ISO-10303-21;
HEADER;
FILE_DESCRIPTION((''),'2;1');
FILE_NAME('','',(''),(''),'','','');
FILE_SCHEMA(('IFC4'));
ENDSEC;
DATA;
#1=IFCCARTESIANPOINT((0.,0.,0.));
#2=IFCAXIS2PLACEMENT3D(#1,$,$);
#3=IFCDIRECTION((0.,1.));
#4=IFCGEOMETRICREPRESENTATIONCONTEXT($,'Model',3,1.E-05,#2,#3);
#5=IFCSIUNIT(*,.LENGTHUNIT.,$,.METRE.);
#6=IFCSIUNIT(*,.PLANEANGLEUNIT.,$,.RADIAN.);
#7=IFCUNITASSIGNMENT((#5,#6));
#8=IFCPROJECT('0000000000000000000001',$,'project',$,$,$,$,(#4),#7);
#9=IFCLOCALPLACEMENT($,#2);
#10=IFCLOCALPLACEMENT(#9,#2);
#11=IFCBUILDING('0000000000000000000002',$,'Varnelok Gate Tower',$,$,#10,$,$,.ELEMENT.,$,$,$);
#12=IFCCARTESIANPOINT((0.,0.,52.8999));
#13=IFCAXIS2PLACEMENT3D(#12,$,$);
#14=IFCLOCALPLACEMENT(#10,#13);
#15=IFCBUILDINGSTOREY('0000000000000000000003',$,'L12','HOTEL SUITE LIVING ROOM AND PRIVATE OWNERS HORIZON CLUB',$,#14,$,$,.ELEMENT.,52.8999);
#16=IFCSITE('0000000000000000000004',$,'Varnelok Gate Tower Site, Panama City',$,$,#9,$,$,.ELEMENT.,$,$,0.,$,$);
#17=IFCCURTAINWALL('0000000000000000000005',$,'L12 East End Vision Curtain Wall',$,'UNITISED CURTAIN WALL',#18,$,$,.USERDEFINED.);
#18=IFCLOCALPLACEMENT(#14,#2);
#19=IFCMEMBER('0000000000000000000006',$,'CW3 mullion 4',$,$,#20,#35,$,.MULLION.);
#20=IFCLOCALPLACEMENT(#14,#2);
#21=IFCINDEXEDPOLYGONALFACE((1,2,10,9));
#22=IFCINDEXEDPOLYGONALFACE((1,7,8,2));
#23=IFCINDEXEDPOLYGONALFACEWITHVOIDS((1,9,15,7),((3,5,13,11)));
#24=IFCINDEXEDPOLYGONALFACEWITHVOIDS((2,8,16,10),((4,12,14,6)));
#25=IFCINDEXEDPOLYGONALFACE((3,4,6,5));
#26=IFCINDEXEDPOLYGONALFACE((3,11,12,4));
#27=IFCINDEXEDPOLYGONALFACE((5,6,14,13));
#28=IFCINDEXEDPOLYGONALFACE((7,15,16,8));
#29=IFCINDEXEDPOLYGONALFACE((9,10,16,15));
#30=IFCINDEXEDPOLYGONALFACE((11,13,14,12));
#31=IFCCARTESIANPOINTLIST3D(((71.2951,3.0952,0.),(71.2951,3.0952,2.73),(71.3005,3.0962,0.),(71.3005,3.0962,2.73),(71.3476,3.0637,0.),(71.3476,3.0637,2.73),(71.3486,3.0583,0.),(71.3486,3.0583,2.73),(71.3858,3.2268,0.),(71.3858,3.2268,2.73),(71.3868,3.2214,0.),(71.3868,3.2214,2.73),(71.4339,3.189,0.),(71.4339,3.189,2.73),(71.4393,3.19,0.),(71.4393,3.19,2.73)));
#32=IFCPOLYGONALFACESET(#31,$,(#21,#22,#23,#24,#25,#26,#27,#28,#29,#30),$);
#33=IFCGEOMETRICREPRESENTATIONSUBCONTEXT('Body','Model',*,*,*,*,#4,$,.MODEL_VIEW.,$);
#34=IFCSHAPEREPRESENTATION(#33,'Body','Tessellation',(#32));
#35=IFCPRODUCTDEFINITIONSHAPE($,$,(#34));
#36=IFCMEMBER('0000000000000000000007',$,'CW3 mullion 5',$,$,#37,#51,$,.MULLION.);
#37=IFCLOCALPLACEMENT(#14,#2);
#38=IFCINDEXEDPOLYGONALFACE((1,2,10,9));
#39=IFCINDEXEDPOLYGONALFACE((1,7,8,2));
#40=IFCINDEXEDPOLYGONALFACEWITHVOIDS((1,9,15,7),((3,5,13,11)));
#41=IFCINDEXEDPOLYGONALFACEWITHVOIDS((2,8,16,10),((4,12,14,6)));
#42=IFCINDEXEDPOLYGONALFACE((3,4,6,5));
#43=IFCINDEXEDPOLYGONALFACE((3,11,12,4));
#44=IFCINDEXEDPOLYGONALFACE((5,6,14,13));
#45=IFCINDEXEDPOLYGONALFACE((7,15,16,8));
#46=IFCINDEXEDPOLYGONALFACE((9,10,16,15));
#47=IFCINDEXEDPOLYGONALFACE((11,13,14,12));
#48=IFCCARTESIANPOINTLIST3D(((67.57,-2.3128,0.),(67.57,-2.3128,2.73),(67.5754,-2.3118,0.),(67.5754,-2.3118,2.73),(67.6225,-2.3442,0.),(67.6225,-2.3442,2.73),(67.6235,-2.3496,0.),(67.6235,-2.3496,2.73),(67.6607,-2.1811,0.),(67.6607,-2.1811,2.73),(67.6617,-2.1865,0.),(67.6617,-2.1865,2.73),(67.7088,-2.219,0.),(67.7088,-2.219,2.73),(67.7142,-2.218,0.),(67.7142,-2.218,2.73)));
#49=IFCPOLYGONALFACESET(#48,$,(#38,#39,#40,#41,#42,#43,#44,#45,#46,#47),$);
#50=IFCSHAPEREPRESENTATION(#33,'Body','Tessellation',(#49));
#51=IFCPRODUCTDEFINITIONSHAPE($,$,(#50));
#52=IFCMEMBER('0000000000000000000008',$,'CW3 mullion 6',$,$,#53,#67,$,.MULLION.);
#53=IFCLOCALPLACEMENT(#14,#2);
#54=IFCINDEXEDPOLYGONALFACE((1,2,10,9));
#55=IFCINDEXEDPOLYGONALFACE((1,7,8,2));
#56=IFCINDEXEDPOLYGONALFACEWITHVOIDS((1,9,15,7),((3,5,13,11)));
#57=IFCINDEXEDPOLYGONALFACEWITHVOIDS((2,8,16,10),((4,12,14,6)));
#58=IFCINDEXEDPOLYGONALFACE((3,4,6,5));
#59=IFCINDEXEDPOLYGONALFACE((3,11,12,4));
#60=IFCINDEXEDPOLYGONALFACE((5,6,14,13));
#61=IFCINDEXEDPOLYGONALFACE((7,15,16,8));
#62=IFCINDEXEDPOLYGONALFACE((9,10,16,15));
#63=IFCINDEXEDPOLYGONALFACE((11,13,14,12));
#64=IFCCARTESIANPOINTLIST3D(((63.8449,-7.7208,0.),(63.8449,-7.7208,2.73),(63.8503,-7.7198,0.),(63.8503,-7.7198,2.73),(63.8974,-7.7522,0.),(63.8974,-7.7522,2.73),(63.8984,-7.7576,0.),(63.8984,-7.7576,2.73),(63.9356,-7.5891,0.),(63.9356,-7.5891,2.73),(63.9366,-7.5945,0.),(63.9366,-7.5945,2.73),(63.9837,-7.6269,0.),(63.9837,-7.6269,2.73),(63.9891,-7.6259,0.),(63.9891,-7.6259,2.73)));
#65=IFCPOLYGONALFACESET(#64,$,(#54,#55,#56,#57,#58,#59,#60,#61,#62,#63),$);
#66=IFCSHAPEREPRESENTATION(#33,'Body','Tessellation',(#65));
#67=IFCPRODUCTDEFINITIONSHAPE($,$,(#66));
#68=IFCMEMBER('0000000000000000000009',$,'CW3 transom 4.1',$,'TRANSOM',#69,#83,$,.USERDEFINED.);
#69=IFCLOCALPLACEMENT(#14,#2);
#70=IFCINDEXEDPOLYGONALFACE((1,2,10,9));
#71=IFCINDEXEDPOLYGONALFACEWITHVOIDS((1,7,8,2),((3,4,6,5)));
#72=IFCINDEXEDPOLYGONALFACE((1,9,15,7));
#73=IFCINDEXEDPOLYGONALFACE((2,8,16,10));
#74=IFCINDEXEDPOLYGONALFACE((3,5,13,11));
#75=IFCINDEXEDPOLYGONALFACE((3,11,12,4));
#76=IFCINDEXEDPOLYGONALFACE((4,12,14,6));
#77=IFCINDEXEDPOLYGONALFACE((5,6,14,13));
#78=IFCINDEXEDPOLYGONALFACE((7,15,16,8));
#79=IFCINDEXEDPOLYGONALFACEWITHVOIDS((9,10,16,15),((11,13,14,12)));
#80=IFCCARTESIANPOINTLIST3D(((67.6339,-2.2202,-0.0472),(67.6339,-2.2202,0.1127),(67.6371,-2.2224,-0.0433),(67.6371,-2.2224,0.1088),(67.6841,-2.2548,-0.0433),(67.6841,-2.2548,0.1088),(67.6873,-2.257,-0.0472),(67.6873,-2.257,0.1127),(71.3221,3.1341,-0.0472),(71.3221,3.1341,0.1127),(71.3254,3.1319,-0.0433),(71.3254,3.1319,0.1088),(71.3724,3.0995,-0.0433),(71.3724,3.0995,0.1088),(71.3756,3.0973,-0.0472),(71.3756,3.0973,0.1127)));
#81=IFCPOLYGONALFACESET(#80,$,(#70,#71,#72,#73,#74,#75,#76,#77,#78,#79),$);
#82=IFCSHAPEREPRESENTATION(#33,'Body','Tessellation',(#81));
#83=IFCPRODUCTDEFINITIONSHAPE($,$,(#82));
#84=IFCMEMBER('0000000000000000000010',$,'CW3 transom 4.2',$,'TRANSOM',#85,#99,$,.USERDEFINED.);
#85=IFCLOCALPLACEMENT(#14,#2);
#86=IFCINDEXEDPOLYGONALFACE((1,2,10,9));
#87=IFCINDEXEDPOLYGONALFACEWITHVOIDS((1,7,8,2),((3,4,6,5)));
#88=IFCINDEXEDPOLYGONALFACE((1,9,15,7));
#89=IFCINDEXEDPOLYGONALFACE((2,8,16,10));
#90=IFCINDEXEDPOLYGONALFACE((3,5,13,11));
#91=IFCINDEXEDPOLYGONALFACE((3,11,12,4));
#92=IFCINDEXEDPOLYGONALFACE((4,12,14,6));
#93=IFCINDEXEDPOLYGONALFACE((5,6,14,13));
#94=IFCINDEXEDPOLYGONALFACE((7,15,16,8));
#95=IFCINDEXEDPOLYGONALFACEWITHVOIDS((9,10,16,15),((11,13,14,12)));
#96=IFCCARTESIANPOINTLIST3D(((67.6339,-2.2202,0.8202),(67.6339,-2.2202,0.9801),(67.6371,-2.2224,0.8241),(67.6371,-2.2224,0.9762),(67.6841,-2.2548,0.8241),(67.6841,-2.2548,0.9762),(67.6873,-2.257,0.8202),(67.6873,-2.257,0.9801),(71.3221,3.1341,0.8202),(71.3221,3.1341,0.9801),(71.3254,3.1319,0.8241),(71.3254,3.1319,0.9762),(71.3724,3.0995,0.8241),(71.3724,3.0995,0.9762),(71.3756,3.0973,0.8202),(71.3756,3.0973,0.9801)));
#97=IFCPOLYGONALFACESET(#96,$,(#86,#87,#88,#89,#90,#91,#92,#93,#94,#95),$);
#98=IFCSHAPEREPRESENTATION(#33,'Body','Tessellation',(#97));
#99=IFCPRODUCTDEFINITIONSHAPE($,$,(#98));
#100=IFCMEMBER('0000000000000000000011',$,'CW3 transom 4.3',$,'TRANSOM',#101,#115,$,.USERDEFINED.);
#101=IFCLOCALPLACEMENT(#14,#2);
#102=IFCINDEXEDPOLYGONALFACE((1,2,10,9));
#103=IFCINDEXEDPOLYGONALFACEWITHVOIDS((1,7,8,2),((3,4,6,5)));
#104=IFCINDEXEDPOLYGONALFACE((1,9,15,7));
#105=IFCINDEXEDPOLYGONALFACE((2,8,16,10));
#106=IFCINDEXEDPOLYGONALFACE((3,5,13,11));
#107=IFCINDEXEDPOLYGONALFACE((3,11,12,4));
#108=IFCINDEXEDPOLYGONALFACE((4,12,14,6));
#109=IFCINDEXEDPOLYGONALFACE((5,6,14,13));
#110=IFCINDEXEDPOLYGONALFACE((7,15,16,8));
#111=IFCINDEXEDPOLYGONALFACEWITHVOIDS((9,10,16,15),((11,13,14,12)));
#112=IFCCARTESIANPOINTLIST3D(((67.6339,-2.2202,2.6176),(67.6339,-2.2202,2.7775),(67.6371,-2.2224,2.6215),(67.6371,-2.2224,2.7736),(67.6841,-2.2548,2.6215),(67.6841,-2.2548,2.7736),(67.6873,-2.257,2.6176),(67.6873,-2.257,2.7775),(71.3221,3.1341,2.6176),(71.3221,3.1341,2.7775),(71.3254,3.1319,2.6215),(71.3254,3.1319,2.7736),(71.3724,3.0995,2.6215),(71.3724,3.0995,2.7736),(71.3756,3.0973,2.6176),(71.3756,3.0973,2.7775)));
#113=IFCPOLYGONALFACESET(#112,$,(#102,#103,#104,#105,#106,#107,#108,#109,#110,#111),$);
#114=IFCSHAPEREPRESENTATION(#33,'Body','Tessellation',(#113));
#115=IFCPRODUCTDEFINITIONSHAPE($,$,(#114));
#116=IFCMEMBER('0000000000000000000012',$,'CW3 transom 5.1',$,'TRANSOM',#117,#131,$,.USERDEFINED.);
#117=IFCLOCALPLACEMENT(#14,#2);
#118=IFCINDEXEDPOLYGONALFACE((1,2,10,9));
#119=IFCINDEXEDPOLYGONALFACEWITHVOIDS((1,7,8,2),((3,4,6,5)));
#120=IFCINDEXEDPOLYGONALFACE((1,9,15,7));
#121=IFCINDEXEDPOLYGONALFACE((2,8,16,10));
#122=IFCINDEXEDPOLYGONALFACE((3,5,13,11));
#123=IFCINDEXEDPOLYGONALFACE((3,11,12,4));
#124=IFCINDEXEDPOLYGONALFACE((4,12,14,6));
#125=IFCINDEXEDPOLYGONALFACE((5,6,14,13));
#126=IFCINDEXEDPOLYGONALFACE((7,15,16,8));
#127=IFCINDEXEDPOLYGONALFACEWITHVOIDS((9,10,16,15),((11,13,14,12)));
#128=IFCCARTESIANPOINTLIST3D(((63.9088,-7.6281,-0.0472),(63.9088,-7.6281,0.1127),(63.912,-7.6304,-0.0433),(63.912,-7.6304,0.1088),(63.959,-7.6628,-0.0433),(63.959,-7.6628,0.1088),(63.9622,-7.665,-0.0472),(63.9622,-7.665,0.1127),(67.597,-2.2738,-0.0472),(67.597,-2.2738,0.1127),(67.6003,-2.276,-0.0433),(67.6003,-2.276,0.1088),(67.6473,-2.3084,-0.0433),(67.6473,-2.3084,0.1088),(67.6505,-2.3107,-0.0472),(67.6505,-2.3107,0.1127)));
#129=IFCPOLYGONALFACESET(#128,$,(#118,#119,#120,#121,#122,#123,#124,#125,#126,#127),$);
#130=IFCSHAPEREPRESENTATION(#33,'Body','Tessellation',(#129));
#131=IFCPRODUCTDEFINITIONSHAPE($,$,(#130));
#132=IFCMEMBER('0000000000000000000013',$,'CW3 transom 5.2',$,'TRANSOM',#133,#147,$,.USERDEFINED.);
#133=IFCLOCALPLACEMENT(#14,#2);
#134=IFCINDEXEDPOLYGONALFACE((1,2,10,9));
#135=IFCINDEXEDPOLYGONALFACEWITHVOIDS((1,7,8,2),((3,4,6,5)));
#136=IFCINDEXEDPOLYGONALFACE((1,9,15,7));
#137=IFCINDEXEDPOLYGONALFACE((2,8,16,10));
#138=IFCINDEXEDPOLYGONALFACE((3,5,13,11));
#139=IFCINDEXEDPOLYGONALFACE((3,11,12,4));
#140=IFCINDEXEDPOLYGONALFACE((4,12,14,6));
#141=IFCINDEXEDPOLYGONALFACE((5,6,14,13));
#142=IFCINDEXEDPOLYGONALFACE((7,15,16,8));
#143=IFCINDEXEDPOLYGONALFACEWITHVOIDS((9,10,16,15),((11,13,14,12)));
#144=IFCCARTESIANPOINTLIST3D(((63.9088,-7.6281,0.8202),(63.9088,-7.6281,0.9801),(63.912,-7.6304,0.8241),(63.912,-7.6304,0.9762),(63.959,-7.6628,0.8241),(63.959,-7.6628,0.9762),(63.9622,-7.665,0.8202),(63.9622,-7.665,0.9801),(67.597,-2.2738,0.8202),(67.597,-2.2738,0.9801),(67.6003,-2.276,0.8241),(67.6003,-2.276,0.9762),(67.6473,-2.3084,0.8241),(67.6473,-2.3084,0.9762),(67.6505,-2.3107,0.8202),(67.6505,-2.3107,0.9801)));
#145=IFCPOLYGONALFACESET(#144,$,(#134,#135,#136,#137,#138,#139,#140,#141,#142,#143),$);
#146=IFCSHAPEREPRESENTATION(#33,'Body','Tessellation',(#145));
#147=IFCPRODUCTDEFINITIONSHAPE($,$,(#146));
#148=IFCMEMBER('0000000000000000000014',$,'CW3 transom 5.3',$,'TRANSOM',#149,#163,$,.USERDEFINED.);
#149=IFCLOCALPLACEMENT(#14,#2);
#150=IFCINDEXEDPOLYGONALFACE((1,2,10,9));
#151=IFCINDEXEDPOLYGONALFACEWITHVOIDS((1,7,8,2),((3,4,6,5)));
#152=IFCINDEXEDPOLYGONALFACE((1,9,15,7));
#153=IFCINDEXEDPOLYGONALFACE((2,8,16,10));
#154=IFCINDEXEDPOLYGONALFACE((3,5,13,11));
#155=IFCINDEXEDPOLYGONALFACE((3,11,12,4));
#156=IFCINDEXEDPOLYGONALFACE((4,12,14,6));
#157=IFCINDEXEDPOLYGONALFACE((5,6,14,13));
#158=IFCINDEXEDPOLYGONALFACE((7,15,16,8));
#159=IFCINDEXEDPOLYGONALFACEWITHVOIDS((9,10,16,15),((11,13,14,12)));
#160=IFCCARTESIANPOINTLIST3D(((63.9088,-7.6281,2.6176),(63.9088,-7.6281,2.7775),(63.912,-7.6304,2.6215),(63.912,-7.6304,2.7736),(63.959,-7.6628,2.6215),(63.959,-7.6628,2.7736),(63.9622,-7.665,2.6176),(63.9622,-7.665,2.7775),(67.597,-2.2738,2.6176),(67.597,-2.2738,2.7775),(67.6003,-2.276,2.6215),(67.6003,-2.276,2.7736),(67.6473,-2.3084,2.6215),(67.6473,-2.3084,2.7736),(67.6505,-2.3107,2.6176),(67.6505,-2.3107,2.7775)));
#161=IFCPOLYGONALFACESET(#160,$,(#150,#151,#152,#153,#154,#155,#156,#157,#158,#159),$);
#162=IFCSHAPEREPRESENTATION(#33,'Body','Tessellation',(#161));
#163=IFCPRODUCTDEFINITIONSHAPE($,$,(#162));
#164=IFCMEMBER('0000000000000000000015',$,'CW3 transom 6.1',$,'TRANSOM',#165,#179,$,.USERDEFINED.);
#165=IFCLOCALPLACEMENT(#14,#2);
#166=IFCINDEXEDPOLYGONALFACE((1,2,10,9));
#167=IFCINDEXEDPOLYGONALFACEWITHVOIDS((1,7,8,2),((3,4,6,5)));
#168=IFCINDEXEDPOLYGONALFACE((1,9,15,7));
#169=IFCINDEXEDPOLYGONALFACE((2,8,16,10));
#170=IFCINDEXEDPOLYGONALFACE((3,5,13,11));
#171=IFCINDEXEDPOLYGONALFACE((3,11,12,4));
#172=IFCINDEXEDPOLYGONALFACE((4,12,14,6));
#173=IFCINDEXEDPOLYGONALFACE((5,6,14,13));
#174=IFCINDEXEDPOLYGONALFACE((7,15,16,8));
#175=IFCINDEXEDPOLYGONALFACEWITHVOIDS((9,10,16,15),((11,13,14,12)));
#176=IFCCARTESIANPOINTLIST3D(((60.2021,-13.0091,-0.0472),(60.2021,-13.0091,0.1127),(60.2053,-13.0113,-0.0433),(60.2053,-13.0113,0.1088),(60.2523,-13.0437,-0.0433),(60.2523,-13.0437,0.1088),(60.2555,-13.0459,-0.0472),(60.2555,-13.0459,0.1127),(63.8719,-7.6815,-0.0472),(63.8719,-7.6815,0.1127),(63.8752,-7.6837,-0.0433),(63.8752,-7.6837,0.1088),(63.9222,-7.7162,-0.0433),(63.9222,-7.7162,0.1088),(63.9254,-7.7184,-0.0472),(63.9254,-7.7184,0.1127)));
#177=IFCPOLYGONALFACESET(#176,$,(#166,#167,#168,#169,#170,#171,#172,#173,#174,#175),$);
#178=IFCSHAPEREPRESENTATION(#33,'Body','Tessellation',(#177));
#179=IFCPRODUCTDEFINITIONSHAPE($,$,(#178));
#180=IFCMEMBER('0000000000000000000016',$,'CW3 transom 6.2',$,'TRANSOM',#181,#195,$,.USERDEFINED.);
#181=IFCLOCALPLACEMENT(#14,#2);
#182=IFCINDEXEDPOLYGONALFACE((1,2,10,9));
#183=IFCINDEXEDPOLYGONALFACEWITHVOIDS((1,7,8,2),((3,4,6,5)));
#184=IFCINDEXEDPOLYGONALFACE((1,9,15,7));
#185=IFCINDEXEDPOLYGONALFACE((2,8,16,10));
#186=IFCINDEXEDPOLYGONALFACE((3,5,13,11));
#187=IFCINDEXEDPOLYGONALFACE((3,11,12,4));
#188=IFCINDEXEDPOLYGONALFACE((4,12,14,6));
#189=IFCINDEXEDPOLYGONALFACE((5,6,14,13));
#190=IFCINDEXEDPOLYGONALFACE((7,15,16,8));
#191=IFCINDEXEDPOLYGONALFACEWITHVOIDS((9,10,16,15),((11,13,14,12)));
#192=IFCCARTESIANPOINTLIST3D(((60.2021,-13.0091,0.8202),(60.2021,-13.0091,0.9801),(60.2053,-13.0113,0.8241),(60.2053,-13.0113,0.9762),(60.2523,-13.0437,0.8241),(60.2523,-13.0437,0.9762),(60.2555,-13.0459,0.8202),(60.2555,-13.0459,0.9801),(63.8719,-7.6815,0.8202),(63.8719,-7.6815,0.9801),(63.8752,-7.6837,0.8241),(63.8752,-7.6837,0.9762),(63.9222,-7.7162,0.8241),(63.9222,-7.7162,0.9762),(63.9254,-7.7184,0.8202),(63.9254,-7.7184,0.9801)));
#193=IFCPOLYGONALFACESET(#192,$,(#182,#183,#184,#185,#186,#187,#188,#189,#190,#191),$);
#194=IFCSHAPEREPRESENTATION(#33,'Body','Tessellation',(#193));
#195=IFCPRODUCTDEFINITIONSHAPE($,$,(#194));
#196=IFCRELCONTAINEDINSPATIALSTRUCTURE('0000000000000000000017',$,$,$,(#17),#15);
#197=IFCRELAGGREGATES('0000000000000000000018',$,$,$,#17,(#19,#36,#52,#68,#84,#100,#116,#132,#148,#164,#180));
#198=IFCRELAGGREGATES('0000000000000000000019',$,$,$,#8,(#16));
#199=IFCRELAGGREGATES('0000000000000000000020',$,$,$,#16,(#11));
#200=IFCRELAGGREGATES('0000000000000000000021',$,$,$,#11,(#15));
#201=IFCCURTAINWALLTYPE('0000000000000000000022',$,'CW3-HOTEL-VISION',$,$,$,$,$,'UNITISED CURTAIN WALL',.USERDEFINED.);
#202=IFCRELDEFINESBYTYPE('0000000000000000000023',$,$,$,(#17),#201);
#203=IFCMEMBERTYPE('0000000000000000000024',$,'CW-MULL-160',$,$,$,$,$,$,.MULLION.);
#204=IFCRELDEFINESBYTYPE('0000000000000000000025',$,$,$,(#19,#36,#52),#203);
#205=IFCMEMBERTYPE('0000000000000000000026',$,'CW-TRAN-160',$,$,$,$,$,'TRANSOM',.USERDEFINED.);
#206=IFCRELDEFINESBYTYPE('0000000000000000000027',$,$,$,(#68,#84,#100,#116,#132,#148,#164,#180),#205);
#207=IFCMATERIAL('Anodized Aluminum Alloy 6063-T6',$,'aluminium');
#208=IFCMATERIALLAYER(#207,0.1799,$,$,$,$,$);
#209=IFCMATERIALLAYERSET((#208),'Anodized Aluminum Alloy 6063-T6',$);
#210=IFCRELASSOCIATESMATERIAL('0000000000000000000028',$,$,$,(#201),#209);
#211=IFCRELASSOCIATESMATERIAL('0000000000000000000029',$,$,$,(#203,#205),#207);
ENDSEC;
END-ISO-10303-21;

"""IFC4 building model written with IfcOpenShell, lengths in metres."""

from ifc_helpers import new_model, si_unit, direction, frame, origin, origin_2d, place, context, subcontext, project, spatial, hollow_rectangle, extrude, material, layer, layer_set, material_profile, profile_set, type_object, element, aggregate, save


model = new_model("IFC4")

# Units and contexts
model_context = context("Model", 3, precision=1e-05, world=origin(), true_north=direction((0.0, 1.0)))
body_context = subcontext(model_context, "Body", "Model", "MODEL_VIEW")
ifc_project = project(units=[si_unit("LENGTHUNIT", "METRE"), si_unit("PLANEANGLEUNIT", "RADIAN")], contexts=[model_context])

# Site, building, storey
site_placement = place(None, origin())
site = spatial("IfcSite", under=ifc_project, at=site_placement, Name="Varnelok Gate Tower Site, Panama City", CompositionType="ELEMENT", RefElevation=0.0)
building_placement = place(site_placement, origin())
building = spatial("IfcBuilding", under=site, at=building_placement, Name="Varnelok Gate Tower", CompositionType="ELEMENT")
storey_placement = place(building_placement, frame((0.0, 0.0, 52.8999)))
storey = spatial("IfcBuildingStorey", under=building, at=storey_placement, Name="L12", Description="HOTEL SUITE LIVING ROOM AND PRIVATE OWNERS HORIZON CLUB", CompositionType="ELEMENT", Elevation=52.8999)

# Curtain wall, members
ifc_material_1 = material(Name="Anodized Aluminum Alloy 6063-T6", Category="aluminium")
ifc_layer_1 = layer(ifc_material_1, 0.1799)
ifc_layer_set_1 = layer_set([ifc_layer_1], Name="Anodized Aluminum Alloy 6063-T6")
curtain_wall_type = type_object("IfcCurtainWallType", Name="CW3-HOTEL-VISION", ElementType="UNITISED CURTAIN WALL", PredefinedType="USERDEFINED", material=ifc_layer_set_1)
curtain_wall_placement = place(storey_placement, origin())
curtain_wall = element("IfcCurtainWall", 1, at=curtain_wall_placement, inside=storey, type_object=curtain_wall_type, Name="L12 East End Vision Curtain Wall", ObjectType="UNITISED CURTAIN WALL", PredefinedType="USERDEFINED")
ifc_material_profile_1 = material_profile(ifc_material_1, hollow_rectangle(XDim=0.0649, YDim=0.1599, WallThickness=0.0039, at=origin_2d()), Name="ALU160X65X4")
ifc_profile_set_1 = profile_set([ifc_material_profile_1], Name="Anodized Aluminum Alloy 6063-T6")
member_type_1 = type_object("IfcMemberType", Name="CW-MULL-160", PredefinedType="MULLION", material=ifc_profile_set_1)
member_1_placement = place(storey_placement, frame((71.3672, 3.1426, 0.0), z_axis=(0.0, 0.0, 1.0), x_axis=(0.823533, -0.567269, 0.0)))
member_1 = element("IfcMember", 2, at=member_1_placement, type_object=member_type_1, Name="CW3 mullion 4", PredefinedType="MULLION", context=body_context, shape_type="SweptSolid", body=[
    extrude(hollow_rectangle(XDim=0.0649, YDim=0.1599, WallThickness=0.0039, at=origin_2d()), origin(), (0.0, 0.0, 1.0), 2.73),
])
member_2_placement = place(storey_placement, frame((67.6421, -2.2654, 0.0), z_axis=(0.0, 0.0, 1.0), x_axis=(0.823533, -0.567269, 0.0)))
member_2 = element("IfcMember", 3, at=member_2_placement, type_object=member_type_1, Name="CW3 mullion 5", PredefinedType="MULLION", context=body_context, shape_type="SweptSolid", body=[
    extrude(hollow_rectangle(XDim=0.0649, YDim=0.1599, WallThickness=0.0039, at=origin_2d()), origin(), (0.0, 0.0, 1.0), 2.73),
])
member_3_placement = place(storey_placement, frame((63.917, -7.6733, 0.0), z_axis=(0.0, 0.0, 1.0), x_axis=(0.823533, -0.567269, 0.0)))
member_3 = element("IfcMember", 4, at=member_3_placement, type_object=member_type_1, Name="CW3 mullion 6", PredefinedType="MULLION", context=body_context, shape_type="SweptSolid", body=[
    extrude(hollow_rectangle(XDim=0.0649, YDim=0.1599, WallThickness=0.0039, at=origin_2d()), origin(), (0.0, 0.0, 1.0), 2.73),
])
ifc_material_profile_2 = material_profile(ifc_material_1, hollow_rectangle(XDim=0.0649, YDim=0.1599, WallThickness=0.0039, at=origin_2d()), Name="ALU160X65X4")
ifc_profile_set_2 = profile_set([ifc_material_profile_2], Name="Anodized Aluminum Alloy 6063-T6")
member_type_2 = type_object("IfcMemberType", Name="CW-TRAN-160", ElementType="TRANSOM", PredefinedType="USERDEFINED", material=ifc_profile_set_2)
member_4_placement = place(storey_placement, frame((71.3489, 3.1157, 0.0327), z_axis=(-0.567279, -0.823526, 0.0), x_axis=(0.823526, -0.567279, 0.0)))
member_4 = element("IfcMember", 5, at=member_4_placement, type_object=member_type_2, Name="CW3 transom 4.1", ObjectType="TRANSOM", PredefinedType="USERDEFINED", context=body_context, shape_type="SweptSolid", body=[
    extrude(hollow_rectangle(XDim=0.0649, YDim=0.1599, WallThickness=0.0039, at=origin_2d()), origin(), (0.0, 0.0, 1.0), 6.5017),
])
member_5_placement = place(storey_placement, frame((71.3489, 3.1157, 0.9001), z_axis=(-0.567279, -0.823526, 0.0), x_axis=(0.823526, -0.567279, 0.0)))
member_5 = element("IfcMember", 6, at=member_5_placement, type_object=member_type_2, Name="CW3 transom 4.2", ObjectType="TRANSOM", PredefinedType="USERDEFINED", context=body_context, shape_type="SweptSolid", body=[
    extrude(hollow_rectangle(XDim=0.0649, YDim=0.1599, WallThickness=0.0039, at=origin_2d()), origin(), (0.0, 0.0, 1.0), 6.5017),
])
member_6_placement = place(storey_placement, frame((71.3489, 3.1157, 2.6975), z_axis=(-0.567279, -0.823526, 0.0), x_axis=(0.823526, -0.567279, 0.0)))
member_6 = element("IfcMember", 7, at=member_6_placement, type_object=member_type_2, Name="CW3 transom 4.3", ObjectType="TRANSOM", PredefinedType="USERDEFINED", context=body_context, shape_type="SweptSolid", body=[
    extrude(hollow_rectangle(XDim=0.0649, YDim=0.1599, WallThickness=0.0039, at=origin_2d()), origin(), (0.0, 0.0, 1.0), 6.5017),
])
member_7_placement = place(storey_placement, frame((67.6238, -2.2922, 0.0327), z_axis=(-0.567279, -0.823526, 0.0), x_axis=(0.823526, -0.567279, 0.0)))
member_7 = element("IfcMember", 8, at=member_7_placement, type_object=member_type_2, Name="CW3 transom 5.1", ObjectType="TRANSOM", PredefinedType="USERDEFINED", context=body_context, shape_type="SweptSolid", body=[
    extrude(hollow_rectangle(XDim=0.0649, YDim=0.1599, WallThickness=0.0039, at=origin_2d()), origin(), (0.0, 0.0, 1.0), 6.5017),
])
member_8_placement = place(storey_placement, frame((67.6238, -2.2922, 0.9001), z_axis=(-0.567279, -0.823526, 0.0), x_axis=(0.823526, -0.567279, 0.0)))
member_8 = element("IfcMember", 9, at=member_8_placement, type_object=member_type_2, Name="CW3 transom 5.2", ObjectType="TRANSOM", PredefinedType="USERDEFINED", context=body_context, shape_type="SweptSolid", body=[
    extrude(hollow_rectangle(XDim=0.0649, YDim=0.1599, WallThickness=0.0039, at=origin_2d()), origin(), (0.0, 0.0, 1.0), 6.5017),
])
member_9_placement = place(storey_placement, frame((67.6238, -2.2922, 2.6975), z_axis=(-0.567279, -0.823526, 0.0), x_axis=(0.823526, -0.567279, 0.0)))
member_9 = element("IfcMember", 10, at=member_9_placement, type_object=member_type_2, Name="CW3 transom 5.3", ObjectType="TRANSOM", PredefinedType="USERDEFINED", context=body_context, shape_type="SweptSolid", body=[
    extrude(hollow_rectangle(XDim=0.0649, YDim=0.1599, WallThickness=0.0039, at=origin_2d()), origin(), (0.0, 0.0, 1.0), 6.5017),
])
member_10_placement = place(storey_placement, frame((63.8987, -7.7, 0.0327), z_axis=(-0.567281, -0.823524, 0.0), x_axis=(0.823524, -0.567281, 0.0)))
member_10 = element("IfcMember", 11, at=member_10_placement, type_object=member_type_2, Name="CW3 transom 6.1", ObjectType="TRANSOM", PredefinedType="USERDEFINED", context=body_context, shape_type="SweptSolid", body=[
    extrude(hollow_rectangle(XDim=0.0649, YDim=0.1599, WallThickness=0.0039, at=origin_2d()), origin(), (0.0, 0.0, 1.0), 6.4692),
])
member_11_placement = place(storey_placement, frame((63.8987, -7.7, 0.9001), z_axis=(-0.567281, -0.823524, 0.0), x_axis=(0.823524, -0.567281, 0.0)))
member_11 = element("IfcMember", 12, at=member_11_placement, type_object=member_type_2, Name="CW3 transom 6.2", ObjectType="TRANSOM", PredefinedType="USERDEFINED", context=body_context, shape_type="SweptSolid", body=[
    extrude(hollow_rectangle(XDim=0.0649, YDim=0.1599, WallThickness=0.0039, at=origin_2d()), origin(), (0.0, 0.0, 1.0), 6.4692),
])
aggregate(curtain_wall, [member_1, member_2, member_3, member_4, member_5, member_6, member_7, member_8, member_9, member_10, member_11])

save(model, "model.ifc")
